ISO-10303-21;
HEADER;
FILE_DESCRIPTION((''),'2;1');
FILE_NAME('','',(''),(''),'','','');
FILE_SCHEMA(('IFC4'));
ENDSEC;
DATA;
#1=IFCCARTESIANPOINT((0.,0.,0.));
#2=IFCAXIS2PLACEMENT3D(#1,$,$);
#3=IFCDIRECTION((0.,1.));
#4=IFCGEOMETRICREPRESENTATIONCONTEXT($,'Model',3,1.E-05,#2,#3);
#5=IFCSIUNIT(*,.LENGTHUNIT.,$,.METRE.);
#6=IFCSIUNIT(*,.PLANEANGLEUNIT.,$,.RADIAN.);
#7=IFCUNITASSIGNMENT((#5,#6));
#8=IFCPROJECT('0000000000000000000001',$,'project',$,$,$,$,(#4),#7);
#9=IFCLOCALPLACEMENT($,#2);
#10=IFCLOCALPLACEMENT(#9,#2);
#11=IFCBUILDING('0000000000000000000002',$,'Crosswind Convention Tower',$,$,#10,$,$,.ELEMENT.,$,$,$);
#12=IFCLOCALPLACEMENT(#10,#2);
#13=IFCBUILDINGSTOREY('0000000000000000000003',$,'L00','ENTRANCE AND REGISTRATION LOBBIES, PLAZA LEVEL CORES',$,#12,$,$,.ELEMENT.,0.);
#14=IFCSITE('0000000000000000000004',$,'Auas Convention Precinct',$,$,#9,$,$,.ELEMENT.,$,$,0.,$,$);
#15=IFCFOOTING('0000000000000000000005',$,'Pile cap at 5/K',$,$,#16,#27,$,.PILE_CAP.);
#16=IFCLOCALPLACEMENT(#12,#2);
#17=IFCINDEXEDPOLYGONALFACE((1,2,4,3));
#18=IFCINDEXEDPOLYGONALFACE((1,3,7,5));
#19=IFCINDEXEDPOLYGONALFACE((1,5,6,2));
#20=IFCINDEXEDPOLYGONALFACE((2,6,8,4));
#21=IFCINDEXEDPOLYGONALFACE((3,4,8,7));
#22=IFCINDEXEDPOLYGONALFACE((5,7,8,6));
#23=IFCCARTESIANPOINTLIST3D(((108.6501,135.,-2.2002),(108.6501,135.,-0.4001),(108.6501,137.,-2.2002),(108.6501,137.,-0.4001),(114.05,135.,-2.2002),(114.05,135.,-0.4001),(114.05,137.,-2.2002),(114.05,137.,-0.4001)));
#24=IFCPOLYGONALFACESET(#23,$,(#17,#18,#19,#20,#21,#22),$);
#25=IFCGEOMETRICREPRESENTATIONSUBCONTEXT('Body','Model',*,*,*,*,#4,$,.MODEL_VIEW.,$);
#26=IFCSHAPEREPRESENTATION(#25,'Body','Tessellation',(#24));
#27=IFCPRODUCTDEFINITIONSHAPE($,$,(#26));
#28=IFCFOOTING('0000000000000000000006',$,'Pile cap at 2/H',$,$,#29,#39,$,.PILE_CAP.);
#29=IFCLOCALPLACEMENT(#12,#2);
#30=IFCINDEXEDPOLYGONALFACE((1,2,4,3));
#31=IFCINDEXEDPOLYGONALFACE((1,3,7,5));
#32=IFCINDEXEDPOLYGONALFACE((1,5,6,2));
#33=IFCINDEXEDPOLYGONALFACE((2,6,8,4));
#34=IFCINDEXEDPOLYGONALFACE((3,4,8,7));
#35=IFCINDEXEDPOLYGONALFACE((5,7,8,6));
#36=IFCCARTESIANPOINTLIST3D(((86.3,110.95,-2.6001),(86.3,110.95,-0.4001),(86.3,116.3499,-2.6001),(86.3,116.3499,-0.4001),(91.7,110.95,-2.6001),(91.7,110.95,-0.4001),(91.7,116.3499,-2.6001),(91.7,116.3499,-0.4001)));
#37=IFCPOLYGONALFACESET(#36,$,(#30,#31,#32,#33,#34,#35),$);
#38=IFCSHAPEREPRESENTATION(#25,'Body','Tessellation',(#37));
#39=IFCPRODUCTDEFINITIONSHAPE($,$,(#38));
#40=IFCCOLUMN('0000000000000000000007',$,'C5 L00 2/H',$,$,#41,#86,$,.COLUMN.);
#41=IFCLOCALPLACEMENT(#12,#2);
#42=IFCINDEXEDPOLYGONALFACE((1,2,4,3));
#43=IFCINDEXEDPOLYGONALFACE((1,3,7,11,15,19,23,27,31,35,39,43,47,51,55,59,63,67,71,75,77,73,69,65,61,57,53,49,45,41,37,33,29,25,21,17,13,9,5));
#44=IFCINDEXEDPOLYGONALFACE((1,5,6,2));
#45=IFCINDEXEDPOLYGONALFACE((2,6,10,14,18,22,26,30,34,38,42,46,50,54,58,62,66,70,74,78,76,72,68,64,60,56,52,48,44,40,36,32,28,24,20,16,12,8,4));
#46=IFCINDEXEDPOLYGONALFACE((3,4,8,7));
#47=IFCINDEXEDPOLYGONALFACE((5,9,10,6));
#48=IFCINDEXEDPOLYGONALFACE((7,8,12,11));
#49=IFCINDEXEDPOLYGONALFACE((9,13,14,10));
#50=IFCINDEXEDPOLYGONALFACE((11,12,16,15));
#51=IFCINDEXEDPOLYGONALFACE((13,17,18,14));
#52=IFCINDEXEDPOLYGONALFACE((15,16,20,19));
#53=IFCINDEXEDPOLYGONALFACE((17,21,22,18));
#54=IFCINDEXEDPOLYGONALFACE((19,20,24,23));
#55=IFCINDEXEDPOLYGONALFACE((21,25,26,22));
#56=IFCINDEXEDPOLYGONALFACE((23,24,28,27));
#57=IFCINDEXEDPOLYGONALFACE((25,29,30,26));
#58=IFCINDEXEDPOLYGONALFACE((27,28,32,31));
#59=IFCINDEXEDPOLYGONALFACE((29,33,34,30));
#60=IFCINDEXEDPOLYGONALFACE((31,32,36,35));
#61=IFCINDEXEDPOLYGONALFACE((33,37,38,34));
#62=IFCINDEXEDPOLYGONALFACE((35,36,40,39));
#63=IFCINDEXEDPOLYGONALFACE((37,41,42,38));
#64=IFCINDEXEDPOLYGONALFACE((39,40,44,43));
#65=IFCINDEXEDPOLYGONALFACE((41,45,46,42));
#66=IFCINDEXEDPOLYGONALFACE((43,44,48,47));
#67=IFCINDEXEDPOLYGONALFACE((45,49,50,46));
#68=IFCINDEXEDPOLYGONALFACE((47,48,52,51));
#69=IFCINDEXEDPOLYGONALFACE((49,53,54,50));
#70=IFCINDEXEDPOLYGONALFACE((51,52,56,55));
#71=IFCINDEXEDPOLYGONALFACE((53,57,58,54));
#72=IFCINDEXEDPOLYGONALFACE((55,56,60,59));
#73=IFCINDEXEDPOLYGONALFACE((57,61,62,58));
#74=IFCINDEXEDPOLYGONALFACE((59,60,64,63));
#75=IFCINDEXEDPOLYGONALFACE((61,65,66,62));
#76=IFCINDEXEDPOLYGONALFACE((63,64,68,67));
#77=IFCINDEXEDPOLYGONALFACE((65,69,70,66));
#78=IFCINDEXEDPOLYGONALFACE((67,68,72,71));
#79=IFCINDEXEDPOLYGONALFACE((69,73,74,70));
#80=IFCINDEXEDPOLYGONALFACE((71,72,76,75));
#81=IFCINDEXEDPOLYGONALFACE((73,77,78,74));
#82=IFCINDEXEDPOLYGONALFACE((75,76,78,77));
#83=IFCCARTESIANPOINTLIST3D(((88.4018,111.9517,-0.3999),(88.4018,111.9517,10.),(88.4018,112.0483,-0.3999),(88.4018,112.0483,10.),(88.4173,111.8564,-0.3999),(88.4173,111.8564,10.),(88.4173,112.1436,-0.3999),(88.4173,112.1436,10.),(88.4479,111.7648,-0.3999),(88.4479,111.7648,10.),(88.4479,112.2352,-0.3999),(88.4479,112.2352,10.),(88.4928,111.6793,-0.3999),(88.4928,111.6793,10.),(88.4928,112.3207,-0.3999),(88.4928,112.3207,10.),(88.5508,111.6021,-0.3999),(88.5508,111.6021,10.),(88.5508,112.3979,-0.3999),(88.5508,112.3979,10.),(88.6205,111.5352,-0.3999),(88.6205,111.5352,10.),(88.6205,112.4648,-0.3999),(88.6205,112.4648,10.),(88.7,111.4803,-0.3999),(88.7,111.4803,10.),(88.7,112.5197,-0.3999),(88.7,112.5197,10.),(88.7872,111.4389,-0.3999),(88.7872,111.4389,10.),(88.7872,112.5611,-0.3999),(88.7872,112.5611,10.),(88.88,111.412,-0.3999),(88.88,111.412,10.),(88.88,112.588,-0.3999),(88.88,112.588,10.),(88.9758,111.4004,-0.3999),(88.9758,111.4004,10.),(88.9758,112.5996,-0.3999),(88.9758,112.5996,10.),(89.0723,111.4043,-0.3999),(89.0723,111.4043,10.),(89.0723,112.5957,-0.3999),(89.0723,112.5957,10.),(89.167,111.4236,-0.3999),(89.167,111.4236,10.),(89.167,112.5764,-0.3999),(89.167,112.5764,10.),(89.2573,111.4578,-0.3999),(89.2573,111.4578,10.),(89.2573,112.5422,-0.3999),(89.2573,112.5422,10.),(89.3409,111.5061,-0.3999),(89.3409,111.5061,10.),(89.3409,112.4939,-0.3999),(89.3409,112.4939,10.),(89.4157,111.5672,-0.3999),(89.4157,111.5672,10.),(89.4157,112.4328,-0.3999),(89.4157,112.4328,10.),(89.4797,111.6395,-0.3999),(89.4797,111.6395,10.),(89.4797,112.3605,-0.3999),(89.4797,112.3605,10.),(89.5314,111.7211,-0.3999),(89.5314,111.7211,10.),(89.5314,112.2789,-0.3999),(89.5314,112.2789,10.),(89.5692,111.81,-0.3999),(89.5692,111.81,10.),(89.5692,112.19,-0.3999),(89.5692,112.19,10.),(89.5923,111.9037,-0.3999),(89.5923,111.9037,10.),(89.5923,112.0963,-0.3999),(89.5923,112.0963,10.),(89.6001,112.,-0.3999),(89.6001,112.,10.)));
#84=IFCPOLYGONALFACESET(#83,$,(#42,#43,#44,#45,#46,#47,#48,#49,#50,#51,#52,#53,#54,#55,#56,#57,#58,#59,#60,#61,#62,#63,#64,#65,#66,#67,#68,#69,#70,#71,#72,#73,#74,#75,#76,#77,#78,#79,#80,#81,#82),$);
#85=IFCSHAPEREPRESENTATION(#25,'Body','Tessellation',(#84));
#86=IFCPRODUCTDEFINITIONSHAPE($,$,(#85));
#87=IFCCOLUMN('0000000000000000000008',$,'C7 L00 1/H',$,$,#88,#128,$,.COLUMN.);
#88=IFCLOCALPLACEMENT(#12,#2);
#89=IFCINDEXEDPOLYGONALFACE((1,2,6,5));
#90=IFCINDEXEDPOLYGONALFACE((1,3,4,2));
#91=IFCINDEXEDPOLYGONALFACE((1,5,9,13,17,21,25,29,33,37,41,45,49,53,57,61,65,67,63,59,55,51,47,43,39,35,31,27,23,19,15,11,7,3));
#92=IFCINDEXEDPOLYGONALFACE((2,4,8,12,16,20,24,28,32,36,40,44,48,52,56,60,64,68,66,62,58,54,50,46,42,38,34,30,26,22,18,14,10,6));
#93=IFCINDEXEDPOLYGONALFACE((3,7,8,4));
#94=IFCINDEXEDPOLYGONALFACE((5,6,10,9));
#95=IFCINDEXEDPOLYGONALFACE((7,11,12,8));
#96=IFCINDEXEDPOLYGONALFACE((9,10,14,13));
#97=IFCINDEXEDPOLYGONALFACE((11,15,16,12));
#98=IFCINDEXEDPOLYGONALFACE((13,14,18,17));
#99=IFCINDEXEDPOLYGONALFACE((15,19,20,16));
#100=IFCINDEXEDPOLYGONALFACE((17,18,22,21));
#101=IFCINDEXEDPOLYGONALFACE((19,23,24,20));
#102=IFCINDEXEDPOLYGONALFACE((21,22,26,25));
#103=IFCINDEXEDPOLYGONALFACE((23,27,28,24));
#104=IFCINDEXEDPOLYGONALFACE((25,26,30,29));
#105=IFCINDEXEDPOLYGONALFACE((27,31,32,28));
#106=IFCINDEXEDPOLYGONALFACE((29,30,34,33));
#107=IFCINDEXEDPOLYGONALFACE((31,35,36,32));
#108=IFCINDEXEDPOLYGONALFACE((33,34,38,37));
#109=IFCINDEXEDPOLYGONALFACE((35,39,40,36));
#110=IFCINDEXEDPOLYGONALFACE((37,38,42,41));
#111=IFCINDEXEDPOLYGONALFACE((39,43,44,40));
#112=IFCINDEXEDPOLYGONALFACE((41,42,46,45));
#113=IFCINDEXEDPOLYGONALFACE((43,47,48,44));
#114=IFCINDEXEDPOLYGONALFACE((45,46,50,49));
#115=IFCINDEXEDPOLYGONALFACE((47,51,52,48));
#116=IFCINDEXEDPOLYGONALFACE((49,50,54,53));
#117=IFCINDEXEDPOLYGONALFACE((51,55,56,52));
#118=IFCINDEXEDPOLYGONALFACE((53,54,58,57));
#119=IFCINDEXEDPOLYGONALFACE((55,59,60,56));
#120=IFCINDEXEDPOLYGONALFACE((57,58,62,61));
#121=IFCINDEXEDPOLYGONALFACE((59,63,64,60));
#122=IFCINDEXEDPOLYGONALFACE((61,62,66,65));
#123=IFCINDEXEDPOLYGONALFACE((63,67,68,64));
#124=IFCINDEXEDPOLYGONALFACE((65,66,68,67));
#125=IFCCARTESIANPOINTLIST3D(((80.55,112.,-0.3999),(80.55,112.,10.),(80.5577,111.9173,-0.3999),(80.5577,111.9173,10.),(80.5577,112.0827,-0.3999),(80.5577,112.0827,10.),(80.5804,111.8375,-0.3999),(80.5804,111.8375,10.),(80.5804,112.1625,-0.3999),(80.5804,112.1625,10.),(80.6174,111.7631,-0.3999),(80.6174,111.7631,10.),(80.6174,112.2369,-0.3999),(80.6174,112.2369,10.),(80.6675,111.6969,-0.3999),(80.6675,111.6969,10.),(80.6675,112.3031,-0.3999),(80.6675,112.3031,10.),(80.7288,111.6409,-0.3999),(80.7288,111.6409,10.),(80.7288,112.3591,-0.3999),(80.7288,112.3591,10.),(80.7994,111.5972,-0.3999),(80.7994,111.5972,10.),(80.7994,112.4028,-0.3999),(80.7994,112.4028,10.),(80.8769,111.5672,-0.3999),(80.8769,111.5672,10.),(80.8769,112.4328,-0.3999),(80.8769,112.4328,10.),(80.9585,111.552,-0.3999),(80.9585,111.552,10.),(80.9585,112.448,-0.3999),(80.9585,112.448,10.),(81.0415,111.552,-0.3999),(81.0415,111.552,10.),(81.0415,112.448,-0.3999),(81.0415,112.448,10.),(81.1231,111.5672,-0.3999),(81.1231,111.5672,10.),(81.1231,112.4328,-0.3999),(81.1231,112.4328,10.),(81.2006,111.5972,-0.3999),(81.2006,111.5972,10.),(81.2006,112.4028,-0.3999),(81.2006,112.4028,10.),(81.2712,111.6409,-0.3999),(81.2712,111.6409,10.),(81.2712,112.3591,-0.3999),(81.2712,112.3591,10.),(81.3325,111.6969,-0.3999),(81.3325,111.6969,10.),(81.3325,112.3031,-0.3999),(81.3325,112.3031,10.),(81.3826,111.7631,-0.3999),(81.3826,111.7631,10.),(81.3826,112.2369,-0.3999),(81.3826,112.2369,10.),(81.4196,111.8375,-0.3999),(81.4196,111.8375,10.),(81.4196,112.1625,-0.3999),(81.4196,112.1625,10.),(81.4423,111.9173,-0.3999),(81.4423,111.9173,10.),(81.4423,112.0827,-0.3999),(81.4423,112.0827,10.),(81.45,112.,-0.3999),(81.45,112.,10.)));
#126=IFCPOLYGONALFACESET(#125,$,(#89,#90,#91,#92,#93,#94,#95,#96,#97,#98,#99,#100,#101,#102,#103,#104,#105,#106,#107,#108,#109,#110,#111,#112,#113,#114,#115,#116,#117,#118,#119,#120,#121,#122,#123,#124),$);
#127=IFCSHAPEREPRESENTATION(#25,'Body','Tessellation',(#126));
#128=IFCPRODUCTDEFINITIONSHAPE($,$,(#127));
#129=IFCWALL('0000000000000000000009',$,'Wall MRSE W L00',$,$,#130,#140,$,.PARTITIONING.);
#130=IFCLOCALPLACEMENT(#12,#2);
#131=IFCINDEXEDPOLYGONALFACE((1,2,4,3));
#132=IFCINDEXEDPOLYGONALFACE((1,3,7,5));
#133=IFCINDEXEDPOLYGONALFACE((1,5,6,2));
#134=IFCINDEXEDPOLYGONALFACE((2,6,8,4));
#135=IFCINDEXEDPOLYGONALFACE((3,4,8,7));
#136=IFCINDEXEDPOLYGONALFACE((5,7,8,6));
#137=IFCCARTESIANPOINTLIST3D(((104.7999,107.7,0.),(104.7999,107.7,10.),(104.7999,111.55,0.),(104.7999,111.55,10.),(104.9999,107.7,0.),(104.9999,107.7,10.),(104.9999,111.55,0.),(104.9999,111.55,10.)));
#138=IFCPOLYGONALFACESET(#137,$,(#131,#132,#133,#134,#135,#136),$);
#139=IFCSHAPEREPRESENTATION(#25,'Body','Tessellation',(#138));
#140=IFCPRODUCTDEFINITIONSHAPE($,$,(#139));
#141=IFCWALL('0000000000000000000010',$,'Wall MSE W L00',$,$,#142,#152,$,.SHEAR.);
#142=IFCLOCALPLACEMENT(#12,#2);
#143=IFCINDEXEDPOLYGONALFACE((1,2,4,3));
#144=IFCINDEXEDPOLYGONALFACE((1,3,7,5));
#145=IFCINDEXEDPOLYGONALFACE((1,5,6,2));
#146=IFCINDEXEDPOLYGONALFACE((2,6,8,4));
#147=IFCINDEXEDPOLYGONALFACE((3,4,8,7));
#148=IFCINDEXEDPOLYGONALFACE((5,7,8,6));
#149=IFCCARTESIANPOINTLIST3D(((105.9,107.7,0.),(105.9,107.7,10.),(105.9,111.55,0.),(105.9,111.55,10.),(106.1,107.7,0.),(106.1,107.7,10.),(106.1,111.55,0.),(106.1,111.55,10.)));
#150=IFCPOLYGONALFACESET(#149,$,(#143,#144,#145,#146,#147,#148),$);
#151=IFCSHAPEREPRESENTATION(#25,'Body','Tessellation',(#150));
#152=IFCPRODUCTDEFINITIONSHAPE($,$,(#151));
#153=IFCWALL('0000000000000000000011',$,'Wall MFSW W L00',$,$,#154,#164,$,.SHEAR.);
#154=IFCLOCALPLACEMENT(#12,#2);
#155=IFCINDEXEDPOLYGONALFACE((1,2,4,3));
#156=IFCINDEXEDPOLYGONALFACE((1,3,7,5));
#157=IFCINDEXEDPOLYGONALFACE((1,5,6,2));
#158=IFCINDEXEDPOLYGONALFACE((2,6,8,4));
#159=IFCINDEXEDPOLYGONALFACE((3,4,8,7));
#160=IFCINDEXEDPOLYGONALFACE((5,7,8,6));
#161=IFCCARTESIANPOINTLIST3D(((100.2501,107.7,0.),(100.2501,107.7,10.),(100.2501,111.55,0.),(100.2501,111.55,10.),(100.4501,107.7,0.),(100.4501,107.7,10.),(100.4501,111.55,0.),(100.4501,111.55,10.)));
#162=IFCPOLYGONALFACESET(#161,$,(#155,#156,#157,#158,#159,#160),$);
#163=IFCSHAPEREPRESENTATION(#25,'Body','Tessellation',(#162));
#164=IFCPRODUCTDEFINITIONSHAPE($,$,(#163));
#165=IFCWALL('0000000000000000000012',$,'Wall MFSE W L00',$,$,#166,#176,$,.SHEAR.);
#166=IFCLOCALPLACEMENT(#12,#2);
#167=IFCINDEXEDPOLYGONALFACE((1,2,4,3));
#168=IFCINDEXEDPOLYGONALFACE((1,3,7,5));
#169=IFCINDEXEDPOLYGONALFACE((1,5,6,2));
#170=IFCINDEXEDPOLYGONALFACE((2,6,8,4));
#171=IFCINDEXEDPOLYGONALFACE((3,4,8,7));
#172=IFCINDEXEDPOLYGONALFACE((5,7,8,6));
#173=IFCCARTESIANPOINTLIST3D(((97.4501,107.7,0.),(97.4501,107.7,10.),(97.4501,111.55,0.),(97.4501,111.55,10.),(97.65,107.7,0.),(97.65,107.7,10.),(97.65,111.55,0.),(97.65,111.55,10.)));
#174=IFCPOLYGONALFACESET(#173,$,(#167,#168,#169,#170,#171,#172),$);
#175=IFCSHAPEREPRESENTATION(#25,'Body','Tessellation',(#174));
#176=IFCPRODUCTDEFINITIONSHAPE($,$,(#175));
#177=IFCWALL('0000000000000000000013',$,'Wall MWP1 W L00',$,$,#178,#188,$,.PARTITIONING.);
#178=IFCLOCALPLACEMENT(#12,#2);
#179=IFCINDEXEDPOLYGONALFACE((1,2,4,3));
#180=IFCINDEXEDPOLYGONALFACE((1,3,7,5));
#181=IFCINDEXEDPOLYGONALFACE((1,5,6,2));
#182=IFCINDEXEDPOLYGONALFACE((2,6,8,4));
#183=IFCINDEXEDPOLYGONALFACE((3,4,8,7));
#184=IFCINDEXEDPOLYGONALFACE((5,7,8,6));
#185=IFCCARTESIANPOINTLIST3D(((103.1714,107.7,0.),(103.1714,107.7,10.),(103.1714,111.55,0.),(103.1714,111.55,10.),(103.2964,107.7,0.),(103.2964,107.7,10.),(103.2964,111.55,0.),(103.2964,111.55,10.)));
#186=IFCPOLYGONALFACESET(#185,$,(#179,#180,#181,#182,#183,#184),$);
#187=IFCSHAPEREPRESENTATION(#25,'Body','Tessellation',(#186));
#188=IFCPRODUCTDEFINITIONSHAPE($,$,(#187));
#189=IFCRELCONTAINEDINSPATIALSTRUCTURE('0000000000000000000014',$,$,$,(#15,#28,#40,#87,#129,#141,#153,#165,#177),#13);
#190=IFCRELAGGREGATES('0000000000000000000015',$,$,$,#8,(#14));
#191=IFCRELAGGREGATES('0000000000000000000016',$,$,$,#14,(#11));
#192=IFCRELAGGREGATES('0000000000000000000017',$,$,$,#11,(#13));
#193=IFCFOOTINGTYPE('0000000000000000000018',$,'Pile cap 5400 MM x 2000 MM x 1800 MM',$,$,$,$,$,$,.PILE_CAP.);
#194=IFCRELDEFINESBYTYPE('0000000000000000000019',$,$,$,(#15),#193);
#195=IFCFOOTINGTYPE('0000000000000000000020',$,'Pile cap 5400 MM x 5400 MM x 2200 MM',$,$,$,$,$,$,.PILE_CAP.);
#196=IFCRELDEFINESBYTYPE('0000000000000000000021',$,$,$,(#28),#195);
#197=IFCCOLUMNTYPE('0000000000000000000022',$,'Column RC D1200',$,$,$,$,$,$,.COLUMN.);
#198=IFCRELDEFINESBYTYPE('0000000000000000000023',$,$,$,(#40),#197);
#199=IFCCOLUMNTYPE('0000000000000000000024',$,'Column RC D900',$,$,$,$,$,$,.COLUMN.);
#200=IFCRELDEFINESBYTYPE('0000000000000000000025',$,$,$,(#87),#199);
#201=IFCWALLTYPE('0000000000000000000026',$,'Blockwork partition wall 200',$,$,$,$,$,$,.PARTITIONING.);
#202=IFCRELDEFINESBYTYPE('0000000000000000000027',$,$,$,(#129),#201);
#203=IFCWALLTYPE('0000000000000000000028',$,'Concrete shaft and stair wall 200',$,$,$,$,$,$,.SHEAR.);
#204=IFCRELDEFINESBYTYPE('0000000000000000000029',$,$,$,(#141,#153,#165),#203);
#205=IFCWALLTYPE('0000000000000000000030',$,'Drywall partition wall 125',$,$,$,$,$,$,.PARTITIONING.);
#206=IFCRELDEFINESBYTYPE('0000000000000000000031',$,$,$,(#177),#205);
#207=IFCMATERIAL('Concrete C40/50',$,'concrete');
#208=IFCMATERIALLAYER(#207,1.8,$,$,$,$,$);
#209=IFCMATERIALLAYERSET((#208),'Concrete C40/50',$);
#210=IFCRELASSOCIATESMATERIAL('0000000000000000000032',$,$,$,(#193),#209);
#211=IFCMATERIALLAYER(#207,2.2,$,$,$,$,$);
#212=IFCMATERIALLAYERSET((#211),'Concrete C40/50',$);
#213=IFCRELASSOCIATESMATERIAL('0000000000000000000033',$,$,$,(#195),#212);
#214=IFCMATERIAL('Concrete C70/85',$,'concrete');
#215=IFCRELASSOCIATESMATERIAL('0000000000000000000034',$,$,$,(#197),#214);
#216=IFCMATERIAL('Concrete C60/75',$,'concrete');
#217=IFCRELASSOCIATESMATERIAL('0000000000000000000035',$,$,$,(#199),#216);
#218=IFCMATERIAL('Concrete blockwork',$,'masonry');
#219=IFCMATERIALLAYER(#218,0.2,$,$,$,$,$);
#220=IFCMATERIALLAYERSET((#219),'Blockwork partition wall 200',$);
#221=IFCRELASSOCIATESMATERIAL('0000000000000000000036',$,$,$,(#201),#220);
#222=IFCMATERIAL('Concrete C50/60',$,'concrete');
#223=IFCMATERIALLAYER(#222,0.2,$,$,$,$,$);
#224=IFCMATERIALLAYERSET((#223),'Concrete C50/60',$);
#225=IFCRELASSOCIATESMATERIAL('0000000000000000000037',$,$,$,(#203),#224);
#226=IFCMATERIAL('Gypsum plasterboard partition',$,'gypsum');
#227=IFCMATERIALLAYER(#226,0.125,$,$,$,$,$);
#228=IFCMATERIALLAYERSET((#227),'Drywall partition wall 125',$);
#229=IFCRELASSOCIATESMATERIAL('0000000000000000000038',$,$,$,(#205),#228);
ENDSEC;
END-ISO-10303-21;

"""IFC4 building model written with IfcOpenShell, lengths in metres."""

from ifc_helpers import new_model, si_unit, direction, frame, frame_2d, origin, origin_2d, place, context, subcontext, project, spatial, rectangle, circle, extrude, material, layer, layer_set, material_profile, profile_set, type_object, element, save


model = new_model("IFC4")

# Units and contexts
model_context = context("Model", 3, precision=1e-05, world=origin(), true_north=direction((0.0, 1.0)))
body_context = subcontext(model_context, "Body", "Model", "MODEL_VIEW")
ifc_project = project(units=[si_unit("LENGTHUNIT", "METRE"), si_unit("PLANEANGLEUNIT", "RADIAN")], contexts=[model_context])

# Site, building, storey
site_placement = place(None, origin())
site = spatial("IfcSite", under=ifc_project, at=site_placement, Name="Auas Convention Precinct", CompositionType="ELEMENT", RefElevation=0.0)
building_placement = place(site_placement, origin())
building = spatial("IfcBuilding", under=site, at=building_placement, Name="Crosswind Convention Tower", CompositionType="ELEMENT")
storey_placement = place(building_placement, origin())
storey = spatial("IfcBuildingStorey", under=building, at=storey_placement, Name="L00", Description="ENTRANCE AND REGISTRATION LOBBIES, PLAZA LEVEL CORES", CompositionType="ELEMENT", Elevation=0.0)

# Shared definitions
ifc_material_1 = material(Name="Concrete C40/50", Category="concrete")

# Footings
ifc_layer_1 = layer(ifc_material_1, 1.8)
ifc_layer_set_1 = layer_set([ifc_layer_1], Name="Concrete C40/50")
footing_type_1 = type_object("IfcFootingType", Name="Pile cap 5400 MM x 2000 MM x 1800 MM", PredefinedType="PILE_CAP", material=ifc_layer_set_1)
footing_1_placement = place(storey_placement, frame((111.3501, 136.0, -2.2002), z_axis=(0.0, 0.0, 1.0), x_axis=(1.0, 0.0, 0.0)))
element("IfcFooting", 1, at=footing_1_placement, inside=storey, type_object=footing_type_1, Name="Pile cap at 5/K", PredefinedType="PILE_CAP", context=body_context, shape_type="SweptSolid", body=[
    extrude(rectangle(XDim=5.3999, YDim=2.0, at=origin_2d()), origin(), (0.0, 0.0, 1.0), 1.8),
])
ifc_layer_2 = layer(ifc_material_1, 2.2)
ifc_layer_set_2 = layer_set([ifc_layer_2], Name="Concrete C40/50")
footing_type_2 = type_object("IfcFootingType", Name="Pile cap 5400 MM x 5400 MM x 2200 MM", PredefinedType="PILE_CAP", material=ifc_layer_set_2)
footing_2_placement = place(storey_placement, frame((89.0, 113.6499, -2.6001), z_axis=(0.0, 0.0, 1.0), x_axis=(1.0, 0.0, 0.0)))
element("IfcFooting", 2, at=footing_2_placement, inside=storey, type_object=footing_type_2, Name="Pile cap at 2/H", PredefinedType="PILE_CAP", context=body_context, shape_type="SweptSolid", body=[
    extrude(rectangle(XDim=5.3999, YDim=5.3999, at=origin_2d()), origin(), (0.0, 0.0, 1.0), 2.2),
])

# Columns
ifc_material_2 = material(Name="Concrete C70/85", Category="concrete")
ifc_material_profile_1 = material_profile(ifc_material_2, circle(Radius=0.6001, at=origin_2d()), Name="RC D1200")
ifc_profile_set_1 = profile_set([ifc_material_profile_1], Name="Concrete C70/85")
column_type_1 = type_object("IfcColumnType", Name="Column RC D1200", PredefinedType="COLUMN", material=ifc_profile_set_1)
column_1_placement = place(storey_placement, frame((89.0, 112.0, -0.3999), z_axis=(0.0, 0.0, 1.0), x_axis=(1.0, 0.0, 0.0)))
element("IfcColumn", 3, at=column_1_placement, inside=storey, type_object=column_type_1, Name="C5 L00 2/H", PredefinedType="COLUMN", context=body_context, shape_type="SweptSolid", body=[
    extrude(circle(Radius=0.6001, at=origin_2d()), origin(), (0.0, 0.0, 1.0), 10.3999),
])
ifc_material_3 = material(Name="Concrete C60/75", Category="concrete")
ifc_material_profile_2 = material_profile(ifc_material_3, circle(Radius=0.45, at=origin_2d()), Name="RC D900")
ifc_profile_set_2 = profile_set([ifc_material_profile_2], Name="Concrete C60/75")
column_type_2 = type_object("IfcColumnType", Name="Column RC D900", PredefinedType="COLUMN", material=ifc_profile_set_2)
column_2_placement = place(storey_placement, frame((81.0, 112.0, -0.3999), z_axis=(0.0, 0.0, 1.0), x_axis=(1.0, 0.0, 0.0)))
element("IfcColumn", 4, at=column_2_placement, inside=storey, type_object=column_type_2, Name="C7 L00 1/H", PredefinedType="COLUMN", context=body_context, shape_type="SweptSolid", body=[
    extrude(circle(Radius=0.45, at=origin_2d()), origin(), (0.0, 0.0, 1.0), 10.3999),
])

# Walls
ifc_material_4 = material(Name="Concrete blockwork", Category="masonry")
ifc_layer_3 = layer(ifc_material_4, 0.2)
ifc_layer_set_3 = layer_set([ifc_layer_3], Name="Blockwork partition wall 200")
wall_type_1 = type_object("IfcWallType", Name="Blockwork partition wall 200", PredefinedType="PARTITIONING", material=ifc_layer_set_3)
wall_1_placement = place(storey_placement, frame((104.8999, 111.55, 0.0), z_axis=(0.0, 0.0, 1.0), x_axis=(0.0, -1.0, 0.0)))
element("IfcWall", 5, at=wall_1_placement, inside=storey, type_object=wall_type_1, Name="Wall MRSE W L00", PredefinedType="PARTITIONING", context=body_context, shape_type="SweptSolid", body=[
    extrude(rectangle(XDim=3.8501, YDim=0.2, at=frame_2d((1.925, 0.0))), origin(), (0.0, 0.0, 1.0), 10.0),
])
ifc_material_5 = material(Name="Concrete C50/60", Category="concrete")
ifc_layer_4 = layer(ifc_material_5, 0.2)
ifc_layer_set_4 = layer_set([ifc_layer_4], Name="Concrete C50/60")
wall_type_2 = type_object("IfcWallType", Name="Concrete shaft and stair wall 200", PredefinedType="SHEAR", material=ifc_layer_set_4)
for number, where, z_axis, x_axis, name in (
    (6, (106.0, 111.55, 0.0), (0.0, 0.0, 1.0), (0.0, -1.0, 0.0), "Wall MSE W L00"),
    (7, (100.3501, 111.55, 0.0), (0.0, 0.0, 1.0), (0.0, -1.0, 0.0), "Wall MFSW W L00"),
    (8, (97.55, 111.55, 0.0), (0.0, 0.0, 1.0), (0.0, -1.0, 0.0), "Wall MFSE W L00"),
):
    element("IfcWall", number, at=place(storey_placement, frame(where, z_axis=z_axis, x_axis=x_axis)), inside=storey, type_object=wall_type_2, Name=name, PredefinedType="SHEAR", context=body_context, shape_type="SweptSolid", body=[
        extrude(rectangle(XDim=3.8501, YDim=0.2, at=frame_2d((1.925, 0.0))), origin(), (0.0, 0.0, 1.0), 10.0),
    ])
ifc_material_6 = material(Name="Gypsum plasterboard partition", Category="gypsum")
ifc_layer_5 = layer(ifc_material_6, 0.125)
ifc_layer_set_5 = layer_set([ifc_layer_5], Name="Drywall partition wall 125")
wall_type_3 = type_object("IfcWallType", Name="Drywall partition wall 125", PredefinedType="PARTITIONING", material=ifc_layer_set_5)
wall_2_placement = place(storey_placement, frame((103.2339, 111.55, 0.0), z_axis=(0.0, 0.0, 1.0), x_axis=(0.0, -1.0, 0.0)))
element("IfcWall", 9, at=wall_2_placement, inside=storey, type_object=wall_type_3, Name="Wall MWP1 W L00", PredefinedType="PARTITIONING", context=body_context, shape_type="SweptSolid", body=[
    extrude(rectangle(XDim=3.8501, YDim=0.125, at=frame_2d((1.925, 0.0))), origin(), (0.0, 0.0, 1.0), 10.0),
])

save(model, "model.ifc")
